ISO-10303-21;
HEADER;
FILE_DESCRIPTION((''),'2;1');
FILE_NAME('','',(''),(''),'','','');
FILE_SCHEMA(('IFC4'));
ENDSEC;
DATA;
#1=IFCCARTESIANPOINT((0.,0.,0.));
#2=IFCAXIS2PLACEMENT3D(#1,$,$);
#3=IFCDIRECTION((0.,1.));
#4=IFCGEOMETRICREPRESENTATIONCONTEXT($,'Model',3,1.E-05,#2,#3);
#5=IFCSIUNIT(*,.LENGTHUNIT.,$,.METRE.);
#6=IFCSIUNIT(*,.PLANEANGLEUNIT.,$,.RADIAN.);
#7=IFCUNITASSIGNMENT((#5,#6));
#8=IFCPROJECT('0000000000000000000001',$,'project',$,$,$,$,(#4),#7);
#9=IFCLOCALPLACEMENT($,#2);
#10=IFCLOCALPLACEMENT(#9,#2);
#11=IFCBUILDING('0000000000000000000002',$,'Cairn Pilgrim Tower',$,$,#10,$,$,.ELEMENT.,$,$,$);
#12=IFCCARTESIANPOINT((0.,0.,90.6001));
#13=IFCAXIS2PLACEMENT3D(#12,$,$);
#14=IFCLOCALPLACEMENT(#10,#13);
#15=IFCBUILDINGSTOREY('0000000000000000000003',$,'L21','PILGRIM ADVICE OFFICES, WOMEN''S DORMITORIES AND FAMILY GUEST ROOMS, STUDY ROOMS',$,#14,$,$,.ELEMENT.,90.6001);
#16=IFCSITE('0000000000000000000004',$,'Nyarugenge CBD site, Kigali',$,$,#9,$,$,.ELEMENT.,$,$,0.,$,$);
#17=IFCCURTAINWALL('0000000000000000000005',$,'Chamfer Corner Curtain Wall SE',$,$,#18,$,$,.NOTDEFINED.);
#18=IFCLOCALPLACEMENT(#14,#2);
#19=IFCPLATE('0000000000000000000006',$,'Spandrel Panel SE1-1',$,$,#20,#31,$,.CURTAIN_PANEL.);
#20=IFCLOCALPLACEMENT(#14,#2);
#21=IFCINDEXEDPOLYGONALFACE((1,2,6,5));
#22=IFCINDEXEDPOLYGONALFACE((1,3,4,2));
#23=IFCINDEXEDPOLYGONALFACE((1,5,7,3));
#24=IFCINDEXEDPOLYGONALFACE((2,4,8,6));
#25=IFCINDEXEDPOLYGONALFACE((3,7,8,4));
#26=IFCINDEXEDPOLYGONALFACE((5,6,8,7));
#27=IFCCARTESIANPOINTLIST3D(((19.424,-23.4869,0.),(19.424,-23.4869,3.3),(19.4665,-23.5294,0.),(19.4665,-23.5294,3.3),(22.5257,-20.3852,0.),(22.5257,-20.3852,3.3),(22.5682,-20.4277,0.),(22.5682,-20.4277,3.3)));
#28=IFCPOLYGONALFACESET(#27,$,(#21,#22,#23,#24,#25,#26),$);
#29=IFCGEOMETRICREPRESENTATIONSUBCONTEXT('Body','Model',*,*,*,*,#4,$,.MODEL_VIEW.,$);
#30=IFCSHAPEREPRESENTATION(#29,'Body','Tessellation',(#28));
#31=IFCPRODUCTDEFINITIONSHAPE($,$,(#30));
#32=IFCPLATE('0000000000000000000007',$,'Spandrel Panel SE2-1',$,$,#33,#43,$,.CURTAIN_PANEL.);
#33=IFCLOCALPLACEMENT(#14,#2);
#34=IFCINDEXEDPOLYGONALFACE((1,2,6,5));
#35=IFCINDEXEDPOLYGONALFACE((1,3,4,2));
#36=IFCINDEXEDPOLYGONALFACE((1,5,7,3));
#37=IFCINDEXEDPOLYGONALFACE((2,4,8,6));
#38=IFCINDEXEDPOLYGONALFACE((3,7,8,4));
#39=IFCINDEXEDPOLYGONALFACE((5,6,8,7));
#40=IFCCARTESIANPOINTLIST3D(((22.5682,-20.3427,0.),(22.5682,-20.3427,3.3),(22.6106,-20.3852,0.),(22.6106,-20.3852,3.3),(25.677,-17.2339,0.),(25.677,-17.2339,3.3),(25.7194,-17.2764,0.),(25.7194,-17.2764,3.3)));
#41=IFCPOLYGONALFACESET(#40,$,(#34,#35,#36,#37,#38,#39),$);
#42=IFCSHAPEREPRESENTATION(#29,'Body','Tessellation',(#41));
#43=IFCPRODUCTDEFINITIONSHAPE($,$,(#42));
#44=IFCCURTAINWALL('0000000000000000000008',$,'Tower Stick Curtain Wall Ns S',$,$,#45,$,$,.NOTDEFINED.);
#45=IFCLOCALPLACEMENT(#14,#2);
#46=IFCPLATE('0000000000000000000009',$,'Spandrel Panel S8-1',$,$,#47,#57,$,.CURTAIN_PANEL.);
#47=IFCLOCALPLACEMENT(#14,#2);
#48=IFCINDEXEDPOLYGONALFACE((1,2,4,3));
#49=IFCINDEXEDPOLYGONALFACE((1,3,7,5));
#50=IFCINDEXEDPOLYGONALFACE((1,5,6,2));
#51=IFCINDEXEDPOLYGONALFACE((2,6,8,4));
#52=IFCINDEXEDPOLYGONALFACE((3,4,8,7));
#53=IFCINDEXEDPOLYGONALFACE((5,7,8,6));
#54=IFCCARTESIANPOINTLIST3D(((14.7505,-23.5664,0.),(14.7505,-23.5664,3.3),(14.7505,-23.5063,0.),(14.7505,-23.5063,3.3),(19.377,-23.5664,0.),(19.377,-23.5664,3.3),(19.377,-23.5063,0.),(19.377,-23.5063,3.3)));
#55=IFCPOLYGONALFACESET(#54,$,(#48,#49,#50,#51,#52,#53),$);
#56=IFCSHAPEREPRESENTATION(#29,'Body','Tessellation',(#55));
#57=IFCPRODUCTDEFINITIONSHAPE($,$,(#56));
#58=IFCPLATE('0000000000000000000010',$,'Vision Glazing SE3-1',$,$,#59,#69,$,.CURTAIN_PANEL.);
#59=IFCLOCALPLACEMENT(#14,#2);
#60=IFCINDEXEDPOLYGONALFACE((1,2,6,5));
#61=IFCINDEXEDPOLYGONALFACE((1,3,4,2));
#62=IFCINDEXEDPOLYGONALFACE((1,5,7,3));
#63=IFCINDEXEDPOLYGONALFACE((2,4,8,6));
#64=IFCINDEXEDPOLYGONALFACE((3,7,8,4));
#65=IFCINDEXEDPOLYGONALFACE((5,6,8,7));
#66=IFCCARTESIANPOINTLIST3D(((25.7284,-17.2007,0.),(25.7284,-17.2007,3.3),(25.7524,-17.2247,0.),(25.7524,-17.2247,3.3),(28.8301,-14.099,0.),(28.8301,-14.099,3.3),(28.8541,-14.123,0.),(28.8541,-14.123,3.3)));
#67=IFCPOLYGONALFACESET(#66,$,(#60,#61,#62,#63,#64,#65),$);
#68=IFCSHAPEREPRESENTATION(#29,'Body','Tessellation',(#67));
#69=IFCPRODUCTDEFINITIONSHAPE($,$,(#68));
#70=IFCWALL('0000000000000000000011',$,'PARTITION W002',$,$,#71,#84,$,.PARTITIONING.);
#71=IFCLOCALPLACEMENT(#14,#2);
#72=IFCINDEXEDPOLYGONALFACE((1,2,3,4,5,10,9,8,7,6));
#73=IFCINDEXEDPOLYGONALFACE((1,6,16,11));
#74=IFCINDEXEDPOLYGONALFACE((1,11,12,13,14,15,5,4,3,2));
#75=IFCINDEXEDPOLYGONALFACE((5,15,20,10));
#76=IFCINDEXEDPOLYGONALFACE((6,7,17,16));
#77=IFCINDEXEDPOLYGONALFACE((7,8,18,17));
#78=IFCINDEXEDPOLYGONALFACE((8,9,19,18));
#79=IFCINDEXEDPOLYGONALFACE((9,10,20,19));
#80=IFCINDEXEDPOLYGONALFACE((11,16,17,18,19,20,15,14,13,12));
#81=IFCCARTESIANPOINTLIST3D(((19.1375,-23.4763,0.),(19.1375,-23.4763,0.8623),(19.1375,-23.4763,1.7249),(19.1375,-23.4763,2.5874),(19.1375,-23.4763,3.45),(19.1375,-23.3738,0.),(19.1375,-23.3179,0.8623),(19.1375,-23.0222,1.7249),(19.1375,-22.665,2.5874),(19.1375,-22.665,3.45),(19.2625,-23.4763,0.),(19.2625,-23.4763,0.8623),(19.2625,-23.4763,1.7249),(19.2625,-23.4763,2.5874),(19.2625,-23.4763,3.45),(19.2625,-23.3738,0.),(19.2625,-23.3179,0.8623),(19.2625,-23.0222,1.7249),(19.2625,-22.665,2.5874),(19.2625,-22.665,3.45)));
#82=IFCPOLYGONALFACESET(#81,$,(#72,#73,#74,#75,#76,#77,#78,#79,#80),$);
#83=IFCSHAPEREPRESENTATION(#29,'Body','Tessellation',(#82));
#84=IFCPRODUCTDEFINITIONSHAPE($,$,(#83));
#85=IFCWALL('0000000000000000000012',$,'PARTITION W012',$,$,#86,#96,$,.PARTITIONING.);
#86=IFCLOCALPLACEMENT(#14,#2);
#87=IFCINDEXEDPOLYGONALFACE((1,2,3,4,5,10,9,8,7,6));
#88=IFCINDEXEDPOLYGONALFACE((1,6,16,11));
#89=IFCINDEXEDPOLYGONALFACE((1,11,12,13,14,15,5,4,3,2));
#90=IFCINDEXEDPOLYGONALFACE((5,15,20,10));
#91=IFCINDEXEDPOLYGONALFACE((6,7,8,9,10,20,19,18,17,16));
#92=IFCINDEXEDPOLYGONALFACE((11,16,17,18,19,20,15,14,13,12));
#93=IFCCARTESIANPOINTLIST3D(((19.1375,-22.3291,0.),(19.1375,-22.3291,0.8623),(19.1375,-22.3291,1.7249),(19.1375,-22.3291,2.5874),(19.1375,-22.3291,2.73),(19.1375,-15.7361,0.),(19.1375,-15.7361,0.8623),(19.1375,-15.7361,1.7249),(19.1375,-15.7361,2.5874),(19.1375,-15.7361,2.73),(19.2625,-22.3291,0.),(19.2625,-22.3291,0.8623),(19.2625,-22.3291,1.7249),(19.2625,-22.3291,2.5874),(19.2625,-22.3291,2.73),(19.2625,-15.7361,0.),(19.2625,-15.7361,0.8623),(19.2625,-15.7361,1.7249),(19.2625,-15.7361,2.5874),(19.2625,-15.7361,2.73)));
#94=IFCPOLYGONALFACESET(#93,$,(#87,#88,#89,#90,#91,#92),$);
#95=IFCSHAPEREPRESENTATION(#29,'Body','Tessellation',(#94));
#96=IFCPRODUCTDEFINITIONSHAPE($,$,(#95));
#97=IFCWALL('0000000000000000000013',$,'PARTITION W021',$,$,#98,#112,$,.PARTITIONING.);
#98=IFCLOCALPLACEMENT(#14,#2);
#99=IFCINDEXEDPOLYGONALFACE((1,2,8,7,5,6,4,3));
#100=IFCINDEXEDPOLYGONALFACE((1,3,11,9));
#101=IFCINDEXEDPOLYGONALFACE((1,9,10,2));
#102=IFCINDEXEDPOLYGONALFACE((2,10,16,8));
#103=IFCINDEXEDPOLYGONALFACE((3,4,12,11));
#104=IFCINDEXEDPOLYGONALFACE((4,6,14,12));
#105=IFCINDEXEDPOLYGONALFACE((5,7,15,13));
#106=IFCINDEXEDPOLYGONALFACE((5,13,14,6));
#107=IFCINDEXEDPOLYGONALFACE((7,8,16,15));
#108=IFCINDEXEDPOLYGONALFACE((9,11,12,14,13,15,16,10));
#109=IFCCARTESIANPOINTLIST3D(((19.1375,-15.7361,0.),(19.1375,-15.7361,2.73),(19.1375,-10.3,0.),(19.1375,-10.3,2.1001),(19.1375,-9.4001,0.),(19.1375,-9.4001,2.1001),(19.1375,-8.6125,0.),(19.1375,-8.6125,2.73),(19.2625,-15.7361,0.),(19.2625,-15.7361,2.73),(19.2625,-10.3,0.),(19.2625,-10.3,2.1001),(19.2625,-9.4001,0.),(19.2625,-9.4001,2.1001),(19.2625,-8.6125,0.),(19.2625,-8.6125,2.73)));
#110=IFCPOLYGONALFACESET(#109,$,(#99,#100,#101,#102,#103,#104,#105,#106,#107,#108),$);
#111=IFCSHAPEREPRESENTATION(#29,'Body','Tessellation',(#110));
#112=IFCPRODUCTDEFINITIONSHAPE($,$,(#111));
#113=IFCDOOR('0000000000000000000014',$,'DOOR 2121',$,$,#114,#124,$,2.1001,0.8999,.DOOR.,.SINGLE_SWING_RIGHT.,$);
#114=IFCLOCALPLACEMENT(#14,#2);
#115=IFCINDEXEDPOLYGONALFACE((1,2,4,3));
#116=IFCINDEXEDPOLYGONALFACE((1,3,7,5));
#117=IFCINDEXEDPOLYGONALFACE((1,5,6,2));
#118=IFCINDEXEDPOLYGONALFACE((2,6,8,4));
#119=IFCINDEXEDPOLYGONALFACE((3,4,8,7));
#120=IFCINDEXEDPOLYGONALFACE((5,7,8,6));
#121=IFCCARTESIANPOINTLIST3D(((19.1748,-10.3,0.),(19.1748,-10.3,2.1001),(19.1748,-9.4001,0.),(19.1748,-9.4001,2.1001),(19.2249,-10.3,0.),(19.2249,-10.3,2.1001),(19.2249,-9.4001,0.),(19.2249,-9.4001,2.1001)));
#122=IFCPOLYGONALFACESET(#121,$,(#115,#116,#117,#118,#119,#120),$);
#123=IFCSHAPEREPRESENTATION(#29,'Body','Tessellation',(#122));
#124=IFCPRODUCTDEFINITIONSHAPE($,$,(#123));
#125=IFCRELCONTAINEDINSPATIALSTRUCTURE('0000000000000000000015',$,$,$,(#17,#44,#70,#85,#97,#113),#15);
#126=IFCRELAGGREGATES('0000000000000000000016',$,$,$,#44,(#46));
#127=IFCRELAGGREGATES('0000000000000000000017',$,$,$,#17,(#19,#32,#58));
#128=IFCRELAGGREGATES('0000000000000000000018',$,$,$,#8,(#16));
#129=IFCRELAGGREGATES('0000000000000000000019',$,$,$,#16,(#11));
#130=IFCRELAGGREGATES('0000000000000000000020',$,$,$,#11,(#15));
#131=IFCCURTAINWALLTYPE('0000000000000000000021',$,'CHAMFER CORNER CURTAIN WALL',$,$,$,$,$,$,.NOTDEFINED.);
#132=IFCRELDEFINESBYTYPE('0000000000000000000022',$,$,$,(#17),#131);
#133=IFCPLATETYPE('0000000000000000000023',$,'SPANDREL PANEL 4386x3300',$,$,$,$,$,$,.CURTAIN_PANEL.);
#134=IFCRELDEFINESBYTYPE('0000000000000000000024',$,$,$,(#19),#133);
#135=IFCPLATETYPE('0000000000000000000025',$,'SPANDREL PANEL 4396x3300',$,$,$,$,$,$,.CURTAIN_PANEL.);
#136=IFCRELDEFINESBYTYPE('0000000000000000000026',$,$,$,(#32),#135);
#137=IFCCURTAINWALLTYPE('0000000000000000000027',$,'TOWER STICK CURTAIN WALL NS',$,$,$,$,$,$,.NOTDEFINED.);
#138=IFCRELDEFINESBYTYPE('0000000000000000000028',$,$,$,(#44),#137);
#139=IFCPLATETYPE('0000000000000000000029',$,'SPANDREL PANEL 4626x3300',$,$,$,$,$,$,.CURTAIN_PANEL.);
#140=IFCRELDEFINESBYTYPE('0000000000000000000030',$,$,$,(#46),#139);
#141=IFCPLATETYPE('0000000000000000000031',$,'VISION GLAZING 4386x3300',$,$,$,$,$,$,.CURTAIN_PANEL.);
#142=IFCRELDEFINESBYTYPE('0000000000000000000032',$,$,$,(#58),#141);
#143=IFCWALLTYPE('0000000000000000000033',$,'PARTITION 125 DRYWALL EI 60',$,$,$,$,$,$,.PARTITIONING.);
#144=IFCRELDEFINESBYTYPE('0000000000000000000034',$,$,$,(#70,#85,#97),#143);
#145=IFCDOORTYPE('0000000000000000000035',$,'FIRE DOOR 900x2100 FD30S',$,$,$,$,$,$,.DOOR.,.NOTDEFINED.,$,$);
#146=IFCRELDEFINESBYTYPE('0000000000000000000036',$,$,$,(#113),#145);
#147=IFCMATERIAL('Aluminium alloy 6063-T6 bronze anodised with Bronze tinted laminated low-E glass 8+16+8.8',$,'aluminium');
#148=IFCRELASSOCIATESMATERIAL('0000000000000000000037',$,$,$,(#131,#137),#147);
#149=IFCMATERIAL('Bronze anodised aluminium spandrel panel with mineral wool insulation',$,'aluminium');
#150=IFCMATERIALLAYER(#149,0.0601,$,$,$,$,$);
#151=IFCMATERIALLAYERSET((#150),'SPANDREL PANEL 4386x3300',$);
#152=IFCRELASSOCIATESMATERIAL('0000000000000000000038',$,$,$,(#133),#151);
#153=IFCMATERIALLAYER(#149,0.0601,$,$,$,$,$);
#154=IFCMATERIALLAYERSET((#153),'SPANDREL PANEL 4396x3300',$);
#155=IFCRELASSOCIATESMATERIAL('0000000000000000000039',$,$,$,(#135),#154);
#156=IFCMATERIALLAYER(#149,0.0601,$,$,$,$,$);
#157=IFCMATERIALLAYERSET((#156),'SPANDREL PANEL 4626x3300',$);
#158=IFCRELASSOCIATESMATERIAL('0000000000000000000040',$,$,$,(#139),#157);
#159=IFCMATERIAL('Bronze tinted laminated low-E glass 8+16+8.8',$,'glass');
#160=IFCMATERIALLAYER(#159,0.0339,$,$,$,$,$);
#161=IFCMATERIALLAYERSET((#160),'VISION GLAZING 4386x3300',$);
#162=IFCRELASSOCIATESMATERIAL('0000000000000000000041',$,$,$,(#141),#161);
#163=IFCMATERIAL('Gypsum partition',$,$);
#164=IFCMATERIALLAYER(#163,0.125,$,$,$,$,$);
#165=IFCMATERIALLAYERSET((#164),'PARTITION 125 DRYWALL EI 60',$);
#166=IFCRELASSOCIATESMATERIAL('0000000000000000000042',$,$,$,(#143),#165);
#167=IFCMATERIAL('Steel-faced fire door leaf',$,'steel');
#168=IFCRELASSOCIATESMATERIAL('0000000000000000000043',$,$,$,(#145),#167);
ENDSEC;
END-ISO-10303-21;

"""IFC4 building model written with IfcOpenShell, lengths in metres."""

from ifc_helpers import new_model, si_unit, direction, frame, frame_2d, origin, origin_2d, place, context, subcontext, project, spatial, polyline, rectangle, outline, extrude, material, layer, layer_set, type_object, element, fill, aggregate, save


model = new_model("IFC4")

# Units and contexts
model_context = context("Model", 3, precision=1e-05, world=origin(), true_north=direction((0.0, 1.0)))
body_context = subcontext(model_context, "Body", "Model", "MODEL_VIEW")
ifc_project = project(units=[si_unit("LENGTHUNIT", "METRE"), si_unit("PLANEANGLEUNIT", "RADIAN")], contexts=[model_context])

# Site, building, storey
site_placement = place(None, origin())
site = spatial("IfcSite", under=ifc_project, at=site_placement, Name="Nyarugenge CBD site, Kigali", CompositionType="ELEMENT", RefElevation=0.0)
building_placement = place(site_placement, origin())
building = spatial("IfcBuilding", under=site, at=building_placement, Name="Cairn Pilgrim Tower", CompositionType="ELEMENT")
storey_placement = place(building_placement, frame((0.0, 0.0, 90.6001)))
storey = spatial("IfcBuildingStorey", under=building, at=storey_placement, Name="L21", Description="PILGRIM ADVICE OFFICES, WOMEN'S DORMITORIES AND FAMILY GUEST ROOMS, STUDY ROOMS", CompositionType="ELEMENT", Elevation=90.6001)

# Curtain wall
ifc_material_1 = material(Name="Aluminium alloy 6063-T6 bronze anodised with Bronze tinted laminated low-E glass 8+16+8.8", Category="aluminium")
curtain_wall_type_1 = type_object("IfcCurtainWallType", Name="CHAMFER CORNER CURTAIN WALL", PredefinedType="NOTDEFINED", material=ifc_material_1)
curtain_wall_1_placement = place(storey_placement, origin())
curtain_wall_1 = element("IfcCurtainWall", 1, at=curtain_wall_1_placement, inside=storey, type_object=curtain_wall_type_1, Name="Chamfer Corner Curtain Wall SE", PredefinedType="NOTDEFINED")

# Plates
ifc_material_2 = material(Name="Bronze anodised aluminium spandrel panel with mineral wool insulation", Category="aluminium")
ifc_layer_1 = layer(ifc_material_2, 0.0601)
ifc_layer_set_1 = layer_set([ifc_layer_1], Name="SPANDREL PANEL 4386x3300")
plate_type_1 = type_object("IfcPlateType", Name="SPANDREL PANEL 4386x3300", PredefinedType="CURTAIN_PANEL", material=ifc_layer_set_1)
plate_1_placement = place(storey_placement, frame((20.9961, -21.9573, 0.0), z_axis=(0.0, 0.0, 1.0), x_axis=(0.707107, 0.707107, 0.0)))
plate_1 = element("IfcPlate", 2, at=plate_1_placement, type_object=plate_type_1, Name="Spandrel Panel SE1-1", PredefinedType="CURTAIN_PANEL", context=body_context, shape_type="SweptSolid", body=[
    extrude(rectangle(XDim=4.3865, YDim=0.0601, at=origin_2d()), origin(), (0.0, 0.0, 1.0), 3.3),
])
ifc_layer_2 = layer(ifc_material_2, 0.0601)
ifc_layer_set_2 = layer_set([ifc_layer_2], Name="SPANDREL PANEL 4396x3300")
plate_type_2 = type_object("IfcPlateType", Name="SPANDREL PANEL 4396x3300", PredefinedType="CURTAIN_PANEL", material=ifc_layer_set_2)
plate_2_placement = place(storey_placement, frame((24.1438, -18.8096, 0.0), z_axis=(0.0, 0.0, 1.0), x_axis=(0.707107, 0.707107, 0.0)))
plate_2 = element("IfcPlate", 3, at=plate_2_placement, type_object=plate_type_2, Name="Spandrel Panel SE2-1", PredefinedType="CURTAIN_PANEL", context=body_context, shape_type="SweptSolid", body=[
    extrude(rectangle(XDim=4.3965, YDim=0.0601, at=origin_2d()), origin(), (0.0, 0.0, 1.0), 3.3),
])

# Curtain wall, plate
curtain_wall_type_2 = type_object("IfcCurtainWallType", Name="TOWER STICK CURTAIN WALL NS", PredefinedType="NOTDEFINED", material=ifc_material_1)
curtain_wall_2_placement = place(storey_placement, origin())
curtain_wall_2 = element("IfcCurtainWall", 4, at=curtain_wall_2_placement, inside=storey, type_object=curtain_wall_type_2, Name="Tower Stick Curtain Wall Ns S", PredefinedType="NOTDEFINED")
ifc_layer_3 = layer(ifc_material_2, 0.0601)
ifc_layer_set_3 = layer_set([ifc_layer_3], Name="SPANDREL PANEL 4626x3300")
plate_type_3 = type_object("IfcPlateType", Name="SPANDREL PANEL 4626x3300", PredefinedType="CURTAIN_PANEL", material=ifc_layer_set_3)
plate_3_placement = place(storey_placement, frame((17.0637, -23.5364, 0.0), z_axis=(0.0, 0.0, 1.0), x_axis=(1.0, 0.0, 0.0)))
plate_3 = element("IfcPlate", 5, at=plate_3_placement, type_object=plate_type_3, Name="Spandrel Panel S8-1", PredefinedType="CURTAIN_PANEL", context=body_context, shape_type="SweptSolid", body=[
    extrude(rectangle(XDim=4.6265, YDim=0.0601, at=origin_2d()), origin(), (0.0, 0.0, 1.0), 3.3),
])
aggregate(curtain_wall_2, [plate_3])

# Plate
ifc_material_3 = material(Name="Bronze tinted laminated low-E glass 8+16+8.8", Category="glass")
ifc_layer_4 = layer(ifc_material_3, 0.0339)
ifc_layer_set_4 = layer_set([ifc_layer_4], Name="VISION GLAZING 4386x3300")
plate_type_4 = type_object("IfcPlateType", Name="VISION GLAZING 4386x3300", PredefinedType="CURTAIN_PANEL", material=ifc_layer_set_4)
plate_4_placement = place(storey_placement, frame((27.2913, -15.6619, 0.0), z_axis=(0.0, 0.0, 1.0), x_axis=(0.707107, 0.707107, 0.0)))
plate_4 = element("IfcPlate", 6, at=plate_4_placement, type_object=plate_type_4, Name="Vision Glazing SE3-1", PredefinedType="CURTAIN_PANEL", context=body_context, shape_type="SweptSolid", body=[
    extrude(rectangle(XDim=4.3865, YDim=0.0339, at=origin_2d()), origin(), (0.0, 0.0, 1.0), 3.3),
])
aggregate(curtain_wall_1, [plate_1, plate_2, plate_4])

# Walls
ifc_material_4 = material(Name="Gypsum partition")
ifc_layer_5 = layer(ifc_material_4, 0.125)
ifc_layer_set_5 = layer_set([ifc_layer_5], Name="PARTITION 125 DRYWALL EI 60")
wall_type = type_object("IfcWallType", Name="PARTITION 125 DRYWALL EI 60", PredefinedType="PARTITIONING", material=ifc_layer_set_5)
wall_1_placement = place(storey_placement, frame((19.2, -23.4763, 0.0), z_axis=(0.0, 0.0, 1.0), x_axis=(0.0, 1.0, 0.0)))
element("IfcWall", 7, at=wall_1_placement, inside=storey, type_object=wall_type, Name="PARTITION W002", PredefinedType="PARTITIONING", context=body_context, shape_type="SweptSolid", body=[
    extrude(outline(polyline([(0.0, 0.0), (0.1025, 0.0), (0.1584, 0.8623), (0.4541, 1.7249), (0.8113, 2.5874), (0.8113, 3.45), (0.0, 3.45), (0.0, 2.5874), (0.0, 1.7249), (0.0, 0.8623), (0.0, 0.0)])), frame((0.0, 0.0625, 0.0), z_axis=(0.0, -1.0, 0.0), x_axis=(1.0, 0.0, 0.0)), (0.0, 0.0, 1.0), 0.125),
])
wall_2_placement = place(storey_placement, frame((19.2, -22.3291, 0.0), z_axis=(0.0, 0.0, 1.0), x_axis=(0.0, 1.0, 0.0)))
element("IfcWall", 8, at=wall_2_placement, inside=storey, type_object=wall_type, Name="PARTITION W012", PredefinedType="PARTITIONING", context=body_context, shape_type="SweptSolid", body=[
    extrude(outline(polyline([(0.0, 0.0), (6.593, 0.0), (6.593, 0.8623), (6.593, 1.7249), (6.593, 2.5874), (6.593, 2.73), (0.0, 2.73), (0.0, 2.5874), (0.0, 1.7249), (0.0, 0.8623), (0.0, 0.0)])), frame((0.0, 0.0625, 0.0), z_axis=(0.0, -1.0, 0.0), x_axis=(1.0, 0.0, 0.0)), (0.0, 0.0, 1.0), 0.125),
])

# Wall, opening, door
wall_3_placement = place(storey_placement, frame((19.2, -15.7361, 0.0), z_axis=(0.0, 0.0, 1.0), x_axis=(0.0, 1.0, 0.0)))
wall_3 = element("IfcWall", 9, at=wall_3_placement, inside=storey, type_object=wall_type, Name="PARTITION W021", PredefinedType="PARTITIONING", context=body_context, shape_type="SweptSolid", body=[
    extrude(rectangle(XDim=7.1235, YDim=0.125, at=frame_2d((3.5618, 0.0))), origin(), (0.0, 0.0, 1.0), 2.73),
])
opening_placement = place(wall_3_placement, frame((5.436, 0.0, 0.0)))
opening = element("IfcOpeningElement", 10, at=opening_placement, cuts=wall_3, PredefinedType="OPENING", context=body_context, shape_type="SweptSolid", body=[
    extrude(rectangle(XDim=0.8999, YDim=2.1001, at=frame_2d((0.45, 1.05))), frame((0.0, 0.0725, 0.0), z_axis=(0.0, -1.0, 0.0), x_axis=(1.0, 0.0, 0.0)), (0.0, 0.0, 1.0), 0.145),
])
ifc_material_5 = material(Name="Steel-faced fire door leaf", Category="steel")
door_type = type_object("IfcDoorType", Name="FIRE DOOR 900x2100 FD30S", OperationType="NOTDEFINED", PredefinedType="DOOR", material=ifc_material_5)
door_placement = place(opening_placement, frame((0.8999, 0.0, 0.0), z_axis=(0.0, 0.0, 1.0), x_axis=(-1.0, 0.0, 0.0)))
door = element("IfcDoor", 11, at=door_placement, inside=storey, type_object=door_type, Name="DOOR 2121", OperationType="SINGLE_SWING_RIGHT", OverallHeight=2.1001, OverallWidth=0.8999, PredefinedType="DOOR", context=body_context, shape_type="SweptSolid", body=[
    extrude(rectangle(XDim=0.8999, YDim=2.1001, at=frame_2d((0.45, 1.05))), frame((0.0, 0.0249, 0.0), z_axis=(0.0, -1.0, 0.0), x_axis=(1.0, 0.0, 0.0)), (0.0, 0.0, 1.0), 0.05),
])
fill(opening, door)

save(model, "model.ifc")
